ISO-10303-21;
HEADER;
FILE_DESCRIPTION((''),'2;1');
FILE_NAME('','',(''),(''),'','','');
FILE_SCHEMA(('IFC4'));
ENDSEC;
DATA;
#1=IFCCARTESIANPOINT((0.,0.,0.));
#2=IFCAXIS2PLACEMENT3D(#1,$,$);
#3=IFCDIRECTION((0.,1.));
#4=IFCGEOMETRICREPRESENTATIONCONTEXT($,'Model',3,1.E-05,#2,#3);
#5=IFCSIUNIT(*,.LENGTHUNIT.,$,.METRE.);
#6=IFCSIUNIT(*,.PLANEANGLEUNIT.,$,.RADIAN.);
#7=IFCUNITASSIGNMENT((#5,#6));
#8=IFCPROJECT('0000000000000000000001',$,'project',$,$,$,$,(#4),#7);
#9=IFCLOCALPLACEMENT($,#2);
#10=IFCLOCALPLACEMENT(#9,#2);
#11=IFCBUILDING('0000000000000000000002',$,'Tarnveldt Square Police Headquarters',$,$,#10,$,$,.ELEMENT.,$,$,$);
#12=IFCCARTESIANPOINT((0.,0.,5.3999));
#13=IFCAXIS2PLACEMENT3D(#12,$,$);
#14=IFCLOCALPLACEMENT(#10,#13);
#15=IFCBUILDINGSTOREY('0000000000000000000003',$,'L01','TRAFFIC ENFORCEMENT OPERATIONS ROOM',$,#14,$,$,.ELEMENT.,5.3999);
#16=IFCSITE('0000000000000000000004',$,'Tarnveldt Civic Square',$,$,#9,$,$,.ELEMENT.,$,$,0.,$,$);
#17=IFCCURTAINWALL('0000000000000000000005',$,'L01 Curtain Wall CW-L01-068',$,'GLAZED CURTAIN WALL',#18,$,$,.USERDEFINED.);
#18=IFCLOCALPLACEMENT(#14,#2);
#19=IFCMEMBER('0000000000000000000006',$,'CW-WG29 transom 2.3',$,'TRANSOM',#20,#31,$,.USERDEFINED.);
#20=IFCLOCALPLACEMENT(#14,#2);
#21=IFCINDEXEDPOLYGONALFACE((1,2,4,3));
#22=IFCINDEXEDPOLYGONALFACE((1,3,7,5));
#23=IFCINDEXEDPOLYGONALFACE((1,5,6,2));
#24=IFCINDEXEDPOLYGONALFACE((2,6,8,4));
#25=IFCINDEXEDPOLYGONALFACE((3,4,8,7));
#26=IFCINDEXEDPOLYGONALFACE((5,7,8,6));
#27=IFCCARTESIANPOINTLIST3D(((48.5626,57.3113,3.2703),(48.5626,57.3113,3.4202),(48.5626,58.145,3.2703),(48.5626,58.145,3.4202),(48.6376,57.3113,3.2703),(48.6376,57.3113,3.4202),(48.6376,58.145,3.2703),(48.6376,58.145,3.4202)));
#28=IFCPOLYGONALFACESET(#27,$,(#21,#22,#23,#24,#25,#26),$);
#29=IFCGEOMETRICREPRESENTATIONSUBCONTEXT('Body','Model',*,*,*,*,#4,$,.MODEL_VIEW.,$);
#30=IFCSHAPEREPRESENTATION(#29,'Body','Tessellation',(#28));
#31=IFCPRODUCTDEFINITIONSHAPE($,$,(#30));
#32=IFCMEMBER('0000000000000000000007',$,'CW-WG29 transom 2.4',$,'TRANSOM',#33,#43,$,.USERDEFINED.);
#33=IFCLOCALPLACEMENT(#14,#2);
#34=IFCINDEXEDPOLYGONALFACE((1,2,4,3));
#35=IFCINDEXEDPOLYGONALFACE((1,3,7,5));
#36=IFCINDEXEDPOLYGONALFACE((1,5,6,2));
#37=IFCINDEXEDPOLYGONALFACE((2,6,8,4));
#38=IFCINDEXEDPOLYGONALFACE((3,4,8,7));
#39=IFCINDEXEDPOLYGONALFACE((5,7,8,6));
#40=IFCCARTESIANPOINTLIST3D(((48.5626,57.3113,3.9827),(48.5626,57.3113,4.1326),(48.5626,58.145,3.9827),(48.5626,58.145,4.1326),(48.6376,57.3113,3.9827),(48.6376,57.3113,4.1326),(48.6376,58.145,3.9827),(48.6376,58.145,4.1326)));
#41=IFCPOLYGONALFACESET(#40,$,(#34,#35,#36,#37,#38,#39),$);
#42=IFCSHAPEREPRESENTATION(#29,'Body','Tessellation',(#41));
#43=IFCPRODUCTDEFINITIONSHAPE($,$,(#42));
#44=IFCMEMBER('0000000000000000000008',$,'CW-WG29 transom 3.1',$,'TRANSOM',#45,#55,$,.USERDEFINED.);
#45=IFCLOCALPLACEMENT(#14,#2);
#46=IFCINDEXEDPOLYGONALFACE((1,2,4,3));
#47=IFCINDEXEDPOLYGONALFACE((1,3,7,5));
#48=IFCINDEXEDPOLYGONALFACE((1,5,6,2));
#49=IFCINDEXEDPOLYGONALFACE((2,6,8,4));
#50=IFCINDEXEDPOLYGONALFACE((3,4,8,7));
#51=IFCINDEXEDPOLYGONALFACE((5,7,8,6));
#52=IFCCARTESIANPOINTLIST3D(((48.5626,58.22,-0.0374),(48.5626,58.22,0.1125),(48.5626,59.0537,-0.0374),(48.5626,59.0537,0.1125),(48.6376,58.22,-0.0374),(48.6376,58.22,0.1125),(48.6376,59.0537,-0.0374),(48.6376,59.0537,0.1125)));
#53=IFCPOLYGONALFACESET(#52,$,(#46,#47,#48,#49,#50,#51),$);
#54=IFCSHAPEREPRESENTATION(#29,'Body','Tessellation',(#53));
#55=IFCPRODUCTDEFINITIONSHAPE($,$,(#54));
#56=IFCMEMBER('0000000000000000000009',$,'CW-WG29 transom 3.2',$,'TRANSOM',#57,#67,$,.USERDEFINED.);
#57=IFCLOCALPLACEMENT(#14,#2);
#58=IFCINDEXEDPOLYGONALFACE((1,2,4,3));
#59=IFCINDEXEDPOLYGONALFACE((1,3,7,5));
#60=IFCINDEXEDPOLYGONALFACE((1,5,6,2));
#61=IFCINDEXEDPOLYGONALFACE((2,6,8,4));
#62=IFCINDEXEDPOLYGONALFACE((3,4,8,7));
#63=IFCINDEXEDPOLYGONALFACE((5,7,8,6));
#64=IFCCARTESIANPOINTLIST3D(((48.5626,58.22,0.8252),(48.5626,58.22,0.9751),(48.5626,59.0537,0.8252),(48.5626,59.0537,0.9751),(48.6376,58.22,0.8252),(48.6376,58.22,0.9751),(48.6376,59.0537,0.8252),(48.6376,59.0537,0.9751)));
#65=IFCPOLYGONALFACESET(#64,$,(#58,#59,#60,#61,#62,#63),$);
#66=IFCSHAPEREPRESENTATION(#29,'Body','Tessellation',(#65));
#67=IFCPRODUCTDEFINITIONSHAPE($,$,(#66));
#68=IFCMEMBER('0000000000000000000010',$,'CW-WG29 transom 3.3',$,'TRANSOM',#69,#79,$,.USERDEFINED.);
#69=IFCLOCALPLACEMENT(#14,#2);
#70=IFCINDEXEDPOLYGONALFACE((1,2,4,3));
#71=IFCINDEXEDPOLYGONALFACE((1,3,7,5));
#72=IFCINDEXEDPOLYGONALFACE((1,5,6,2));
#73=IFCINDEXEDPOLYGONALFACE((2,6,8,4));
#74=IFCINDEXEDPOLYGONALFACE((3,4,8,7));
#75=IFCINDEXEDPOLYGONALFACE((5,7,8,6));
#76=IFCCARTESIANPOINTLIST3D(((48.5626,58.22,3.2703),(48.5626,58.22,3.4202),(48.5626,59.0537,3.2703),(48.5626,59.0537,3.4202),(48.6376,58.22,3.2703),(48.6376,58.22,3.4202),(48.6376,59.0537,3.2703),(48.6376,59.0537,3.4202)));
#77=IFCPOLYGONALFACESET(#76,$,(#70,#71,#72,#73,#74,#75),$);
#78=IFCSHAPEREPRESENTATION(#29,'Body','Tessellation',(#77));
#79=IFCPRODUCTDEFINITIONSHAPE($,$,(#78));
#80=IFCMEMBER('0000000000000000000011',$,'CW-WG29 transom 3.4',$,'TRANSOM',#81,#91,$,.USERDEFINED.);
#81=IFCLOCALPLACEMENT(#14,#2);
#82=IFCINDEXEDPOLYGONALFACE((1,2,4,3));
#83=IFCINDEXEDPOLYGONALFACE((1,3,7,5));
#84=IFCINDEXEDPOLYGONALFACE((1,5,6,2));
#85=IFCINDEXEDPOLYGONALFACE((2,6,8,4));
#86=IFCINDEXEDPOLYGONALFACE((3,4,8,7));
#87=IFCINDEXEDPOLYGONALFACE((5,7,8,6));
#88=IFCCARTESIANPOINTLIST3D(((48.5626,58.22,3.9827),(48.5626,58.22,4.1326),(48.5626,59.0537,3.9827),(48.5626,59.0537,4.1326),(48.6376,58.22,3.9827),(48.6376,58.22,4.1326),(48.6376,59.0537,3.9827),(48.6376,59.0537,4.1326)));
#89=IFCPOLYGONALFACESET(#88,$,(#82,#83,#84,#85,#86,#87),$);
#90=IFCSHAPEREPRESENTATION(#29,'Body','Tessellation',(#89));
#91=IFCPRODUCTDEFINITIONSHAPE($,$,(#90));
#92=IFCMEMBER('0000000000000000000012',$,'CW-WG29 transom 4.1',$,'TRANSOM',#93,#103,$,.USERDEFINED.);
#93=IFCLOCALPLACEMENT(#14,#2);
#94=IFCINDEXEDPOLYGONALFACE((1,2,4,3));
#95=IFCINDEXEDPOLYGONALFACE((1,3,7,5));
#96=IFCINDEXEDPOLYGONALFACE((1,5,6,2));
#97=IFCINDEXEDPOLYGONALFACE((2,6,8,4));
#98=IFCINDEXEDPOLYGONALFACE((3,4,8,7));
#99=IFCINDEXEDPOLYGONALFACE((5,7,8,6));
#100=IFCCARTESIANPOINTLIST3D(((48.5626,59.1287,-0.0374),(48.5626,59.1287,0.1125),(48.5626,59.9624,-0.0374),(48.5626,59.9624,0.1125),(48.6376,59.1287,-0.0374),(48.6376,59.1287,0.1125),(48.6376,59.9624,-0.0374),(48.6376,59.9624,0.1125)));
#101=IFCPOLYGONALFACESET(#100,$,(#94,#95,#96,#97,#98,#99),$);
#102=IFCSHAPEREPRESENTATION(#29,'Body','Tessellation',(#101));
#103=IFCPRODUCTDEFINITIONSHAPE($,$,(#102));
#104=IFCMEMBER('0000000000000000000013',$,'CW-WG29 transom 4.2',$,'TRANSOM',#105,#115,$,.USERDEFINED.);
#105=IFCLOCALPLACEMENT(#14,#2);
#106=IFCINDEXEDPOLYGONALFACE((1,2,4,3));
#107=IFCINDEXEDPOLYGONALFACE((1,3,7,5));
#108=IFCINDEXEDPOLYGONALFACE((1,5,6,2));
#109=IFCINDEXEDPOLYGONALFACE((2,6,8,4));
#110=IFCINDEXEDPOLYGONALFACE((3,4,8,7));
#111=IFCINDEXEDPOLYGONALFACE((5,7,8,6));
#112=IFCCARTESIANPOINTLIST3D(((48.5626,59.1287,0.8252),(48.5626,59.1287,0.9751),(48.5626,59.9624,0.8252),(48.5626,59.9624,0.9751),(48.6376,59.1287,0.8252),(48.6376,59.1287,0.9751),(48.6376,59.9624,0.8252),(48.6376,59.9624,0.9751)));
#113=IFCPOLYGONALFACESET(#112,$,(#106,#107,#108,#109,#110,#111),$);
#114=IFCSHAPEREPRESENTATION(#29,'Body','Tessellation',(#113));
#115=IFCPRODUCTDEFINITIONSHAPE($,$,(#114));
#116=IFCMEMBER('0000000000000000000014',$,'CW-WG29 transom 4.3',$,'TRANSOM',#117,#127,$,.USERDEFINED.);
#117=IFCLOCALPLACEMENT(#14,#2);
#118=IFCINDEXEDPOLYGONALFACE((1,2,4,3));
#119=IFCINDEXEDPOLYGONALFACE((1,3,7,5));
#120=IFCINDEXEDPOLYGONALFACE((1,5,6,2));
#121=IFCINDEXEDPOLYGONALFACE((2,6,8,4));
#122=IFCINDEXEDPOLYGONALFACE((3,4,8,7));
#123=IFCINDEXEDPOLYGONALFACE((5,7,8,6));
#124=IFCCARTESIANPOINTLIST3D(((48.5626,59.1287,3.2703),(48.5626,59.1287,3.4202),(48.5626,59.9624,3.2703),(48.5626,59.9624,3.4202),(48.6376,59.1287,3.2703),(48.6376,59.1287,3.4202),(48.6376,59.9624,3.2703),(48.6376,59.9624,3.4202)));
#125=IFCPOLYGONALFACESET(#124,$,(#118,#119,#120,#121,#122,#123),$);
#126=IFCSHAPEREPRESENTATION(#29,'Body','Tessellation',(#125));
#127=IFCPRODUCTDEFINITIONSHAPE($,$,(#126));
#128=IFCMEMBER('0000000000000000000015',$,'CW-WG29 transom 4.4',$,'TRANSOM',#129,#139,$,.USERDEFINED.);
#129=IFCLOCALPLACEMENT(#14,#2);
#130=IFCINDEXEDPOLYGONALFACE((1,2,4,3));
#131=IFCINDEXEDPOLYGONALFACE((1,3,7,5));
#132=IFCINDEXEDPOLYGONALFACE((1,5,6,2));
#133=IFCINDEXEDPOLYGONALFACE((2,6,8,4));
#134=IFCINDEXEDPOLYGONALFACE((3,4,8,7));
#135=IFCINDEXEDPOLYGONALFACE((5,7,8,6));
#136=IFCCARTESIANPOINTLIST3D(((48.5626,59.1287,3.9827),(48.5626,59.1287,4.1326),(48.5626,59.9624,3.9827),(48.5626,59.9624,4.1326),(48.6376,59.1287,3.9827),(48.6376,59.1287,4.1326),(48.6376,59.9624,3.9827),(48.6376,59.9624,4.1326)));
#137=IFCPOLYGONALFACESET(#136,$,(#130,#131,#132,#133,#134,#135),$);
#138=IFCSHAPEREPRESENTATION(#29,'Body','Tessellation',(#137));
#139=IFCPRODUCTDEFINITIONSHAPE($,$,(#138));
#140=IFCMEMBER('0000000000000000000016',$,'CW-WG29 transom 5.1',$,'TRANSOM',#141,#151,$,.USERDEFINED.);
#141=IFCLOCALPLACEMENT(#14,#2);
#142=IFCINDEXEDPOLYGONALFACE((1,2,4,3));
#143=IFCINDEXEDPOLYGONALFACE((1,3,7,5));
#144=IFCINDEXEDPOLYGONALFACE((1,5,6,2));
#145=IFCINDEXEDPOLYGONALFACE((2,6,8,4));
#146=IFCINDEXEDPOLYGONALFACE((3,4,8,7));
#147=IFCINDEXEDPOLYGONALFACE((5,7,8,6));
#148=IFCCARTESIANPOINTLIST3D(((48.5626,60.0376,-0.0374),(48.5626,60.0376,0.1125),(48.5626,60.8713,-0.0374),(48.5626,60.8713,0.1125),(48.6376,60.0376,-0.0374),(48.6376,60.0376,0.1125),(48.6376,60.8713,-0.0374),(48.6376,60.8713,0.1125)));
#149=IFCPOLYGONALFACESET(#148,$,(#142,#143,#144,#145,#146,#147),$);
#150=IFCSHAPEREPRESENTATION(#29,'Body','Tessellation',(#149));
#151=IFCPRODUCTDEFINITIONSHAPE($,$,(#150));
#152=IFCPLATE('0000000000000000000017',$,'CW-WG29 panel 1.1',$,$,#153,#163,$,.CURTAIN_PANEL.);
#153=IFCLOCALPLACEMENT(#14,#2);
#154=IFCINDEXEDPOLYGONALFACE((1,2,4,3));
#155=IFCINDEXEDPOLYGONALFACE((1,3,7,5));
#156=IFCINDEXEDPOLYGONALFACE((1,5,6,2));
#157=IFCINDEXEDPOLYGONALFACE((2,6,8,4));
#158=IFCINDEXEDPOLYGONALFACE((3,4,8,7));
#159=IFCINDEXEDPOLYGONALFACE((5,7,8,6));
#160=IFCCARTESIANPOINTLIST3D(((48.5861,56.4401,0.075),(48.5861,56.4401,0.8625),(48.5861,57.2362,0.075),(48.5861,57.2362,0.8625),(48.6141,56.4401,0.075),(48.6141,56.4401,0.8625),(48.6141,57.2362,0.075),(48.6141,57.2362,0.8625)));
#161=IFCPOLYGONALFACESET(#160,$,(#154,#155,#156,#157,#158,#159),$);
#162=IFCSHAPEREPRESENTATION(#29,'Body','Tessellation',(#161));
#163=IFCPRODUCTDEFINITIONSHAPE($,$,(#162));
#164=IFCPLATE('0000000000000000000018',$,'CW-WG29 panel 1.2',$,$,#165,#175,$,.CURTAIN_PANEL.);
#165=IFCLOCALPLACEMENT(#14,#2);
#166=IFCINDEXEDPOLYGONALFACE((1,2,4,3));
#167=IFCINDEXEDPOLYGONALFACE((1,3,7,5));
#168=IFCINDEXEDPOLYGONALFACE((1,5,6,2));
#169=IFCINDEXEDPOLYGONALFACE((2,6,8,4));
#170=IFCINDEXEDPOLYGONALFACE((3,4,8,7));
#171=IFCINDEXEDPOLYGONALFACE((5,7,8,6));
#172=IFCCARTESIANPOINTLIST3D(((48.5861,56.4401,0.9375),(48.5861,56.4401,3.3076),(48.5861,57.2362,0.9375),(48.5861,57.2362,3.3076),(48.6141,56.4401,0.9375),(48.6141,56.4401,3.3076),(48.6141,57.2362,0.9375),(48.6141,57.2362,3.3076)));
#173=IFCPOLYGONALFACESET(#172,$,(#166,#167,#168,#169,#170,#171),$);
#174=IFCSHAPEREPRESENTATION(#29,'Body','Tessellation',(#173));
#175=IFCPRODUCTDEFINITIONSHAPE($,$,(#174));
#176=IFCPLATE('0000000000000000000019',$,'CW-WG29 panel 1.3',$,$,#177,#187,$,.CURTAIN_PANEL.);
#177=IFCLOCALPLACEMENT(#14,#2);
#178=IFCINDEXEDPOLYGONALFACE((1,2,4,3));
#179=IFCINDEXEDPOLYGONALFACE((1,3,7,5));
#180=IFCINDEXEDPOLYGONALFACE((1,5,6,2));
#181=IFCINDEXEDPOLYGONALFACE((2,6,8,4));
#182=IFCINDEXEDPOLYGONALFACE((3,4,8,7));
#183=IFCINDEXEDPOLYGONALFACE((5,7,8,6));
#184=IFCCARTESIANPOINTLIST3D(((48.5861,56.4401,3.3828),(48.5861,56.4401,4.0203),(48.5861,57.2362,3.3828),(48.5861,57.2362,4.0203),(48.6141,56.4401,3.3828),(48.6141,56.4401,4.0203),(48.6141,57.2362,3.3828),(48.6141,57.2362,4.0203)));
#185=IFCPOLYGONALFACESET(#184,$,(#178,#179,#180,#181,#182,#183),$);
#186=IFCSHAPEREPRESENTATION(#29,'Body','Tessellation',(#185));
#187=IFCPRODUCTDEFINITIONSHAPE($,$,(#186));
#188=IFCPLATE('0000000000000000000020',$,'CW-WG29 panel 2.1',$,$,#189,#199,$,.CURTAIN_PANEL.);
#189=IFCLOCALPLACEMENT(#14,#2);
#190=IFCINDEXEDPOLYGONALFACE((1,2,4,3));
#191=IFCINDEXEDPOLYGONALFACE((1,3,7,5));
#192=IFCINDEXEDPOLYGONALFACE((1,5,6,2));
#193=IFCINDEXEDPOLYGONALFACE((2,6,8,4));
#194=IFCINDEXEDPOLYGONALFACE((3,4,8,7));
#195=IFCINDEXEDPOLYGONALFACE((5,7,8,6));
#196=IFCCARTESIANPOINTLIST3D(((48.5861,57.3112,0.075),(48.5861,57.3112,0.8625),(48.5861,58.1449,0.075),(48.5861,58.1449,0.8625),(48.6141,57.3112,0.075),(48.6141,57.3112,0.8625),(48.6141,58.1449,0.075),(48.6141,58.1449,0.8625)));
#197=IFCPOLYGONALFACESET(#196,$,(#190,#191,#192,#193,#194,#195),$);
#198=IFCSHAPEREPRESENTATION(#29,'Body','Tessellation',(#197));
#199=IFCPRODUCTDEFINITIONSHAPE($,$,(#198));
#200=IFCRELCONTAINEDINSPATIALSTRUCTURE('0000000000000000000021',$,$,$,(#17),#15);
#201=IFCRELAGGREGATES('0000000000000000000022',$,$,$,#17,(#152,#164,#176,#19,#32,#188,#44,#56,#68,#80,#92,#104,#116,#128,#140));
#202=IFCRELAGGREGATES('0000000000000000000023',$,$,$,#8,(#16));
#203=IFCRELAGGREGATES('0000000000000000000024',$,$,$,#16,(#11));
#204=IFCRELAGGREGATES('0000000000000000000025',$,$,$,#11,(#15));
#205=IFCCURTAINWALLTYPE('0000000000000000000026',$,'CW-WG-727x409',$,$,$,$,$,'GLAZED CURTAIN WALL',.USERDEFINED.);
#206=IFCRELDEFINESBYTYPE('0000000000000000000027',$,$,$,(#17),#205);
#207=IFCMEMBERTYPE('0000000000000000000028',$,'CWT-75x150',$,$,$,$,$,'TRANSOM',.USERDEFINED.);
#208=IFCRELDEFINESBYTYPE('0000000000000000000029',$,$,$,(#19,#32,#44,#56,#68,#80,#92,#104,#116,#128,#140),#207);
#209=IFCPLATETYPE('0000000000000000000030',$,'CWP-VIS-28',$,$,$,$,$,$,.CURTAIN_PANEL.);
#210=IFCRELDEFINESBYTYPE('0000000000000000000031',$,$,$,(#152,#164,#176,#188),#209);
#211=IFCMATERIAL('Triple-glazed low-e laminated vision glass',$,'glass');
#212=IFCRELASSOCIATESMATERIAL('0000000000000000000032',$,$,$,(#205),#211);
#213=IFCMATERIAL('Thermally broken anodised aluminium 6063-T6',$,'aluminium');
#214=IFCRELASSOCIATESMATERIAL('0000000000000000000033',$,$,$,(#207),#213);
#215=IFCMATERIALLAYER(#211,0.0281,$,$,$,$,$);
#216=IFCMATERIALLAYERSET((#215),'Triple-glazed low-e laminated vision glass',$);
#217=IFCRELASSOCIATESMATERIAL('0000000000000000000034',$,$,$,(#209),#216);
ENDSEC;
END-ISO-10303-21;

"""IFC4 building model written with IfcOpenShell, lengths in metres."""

from ifc_helpers import new_model, si_unit, direction, frame, origin, origin_2d, place, context, subcontext, project, spatial, rectangle, extrude, material, layer, layer_set, material_profile, profile_set, type_object, element, aggregate, save


model = new_model("IFC4")

# Units and contexts
model_context = context("Model", 3, precision=1e-05, world=origin(), true_north=direction((0.0, 1.0)))
body_context = subcontext(model_context, "Body", "Model", "MODEL_VIEW")
ifc_project = project(units=[si_unit("LENGTHUNIT", "METRE"), si_unit("PLANEANGLEUNIT", "RADIAN")], contexts=[model_context])

# Site, building, storey
site_placement = place(None, origin())
site = spatial("IfcSite", under=ifc_project, at=site_placement, Name="Tarnveldt Civic Square", CompositionType="ELEMENT", RefElevation=0.0)
building_placement = place(site_placement, origin())
building = spatial("IfcBuilding", under=site, at=building_placement, Name="Tarnveldt Square Police Headquarters", CompositionType="ELEMENT")
storey_placement = place(building_placement, frame((0.0, 0.0, 5.3999)))
storey = spatial("IfcBuildingStorey", under=building, at=storey_placement, Name="L01", Description="TRAFFIC ENFORCEMENT OPERATIONS ROOM", CompositionType="ELEMENT", Elevation=5.3999)

# Curtain wall, members, plates
ifc_material_1 = material(Name="Triple-glazed low-e laminated vision glass", Category="glass")
curtain_wall_type = type_object("IfcCurtainWallType", Name="CW-WG-727x409", ElementType="GLAZED CURTAIN WALL", PredefinedType="USERDEFINED", material=ifc_material_1)
curtain_wall_placement = place(storey_placement, origin())
curtain_wall = element("IfcCurtainWall", 1, at=curtain_wall_placement, inside=storey, type_object=curtain_wall_type, Name="L01 Curtain Wall CW-L01-068", ObjectType="GLAZED CURTAIN WALL", PredefinedType="USERDEFINED")
ifc_material_2 = material(Name="Thermally broken anodised aluminium 6063-T6", Category="aluminium")
ifc_material_profile_1 = material_profile(ifc_material_2, rectangle(XDim=0.075, YDim=0.1499, at=origin_2d()), Name="CW-T75x150")
ifc_profile_set_1 = profile_set([ifc_material_profile_1], Name="Thermally broken anodised aluminium 6063-T6")
member_type_1 = type_object("IfcMemberType", Name="CWT-75x150", ElementType="TRANSOM", PredefinedType="USERDEFINED", material=ifc_profile_set_1)
member_1_placement = place(storey_placement, frame((48.6001, 57.3113, 3.3452), z_axis=(0.0, 1.0, 0.0), x_axis=(-1.0, 0.0, 0.0)))
member_1 = element("IfcMember", 2, at=member_1_placement, type_object=member_type_1, Name="CW-WG29 transom 2.3", ObjectType="TRANSOM", PredefinedType="USERDEFINED", context=body_context, shape_type="SweptSolid", body=[
    extrude(rectangle(XDim=0.075, YDim=0.1499, at=origin_2d()), origin(), (0.0, 0.0, 1.0), 0.8337),
])
member_2_placement = place(storey_placement, frame((48.6001, 57.3113, 4.0576), z_axis=(0.0, 1.0, 0.0), x_axis=(-1.0, 0.0, 0.0)))
member_2 = element("IfcMember", 3, at=member_2_placement, type_object=member_type_1, Name="CW-WG29 transom 2.4", ObjectType="TRANSOM", PredefinedType="USERDEFINED", context=body_context, shape_type="SweptSolid", body=[
    extrude(rectangle(XDim=0.075, YDim=0.1499, at=origin_2d()), origin(), (0.0, 0.0, 1.0), 0.8337),
])
member_3_placement = place(storey_placement, frame((48.6001, 58.22, 0.0376), z_axis=(0.0, 1.0, 0.0), x_axis=(-1.0, 0.0, 0.0)))
member_3 = element("IfcMember", 4, at=member_3_placement, type_object=member_type_1, Name="CW-WG29 transom 3.1", ObjectType="TRANSOM", PredefinedType="USERDEFINED", context=body_context, shape_type="SweptSolid", body=[
    extrude(rectangle(XDim=0.075, YDim=0.1499, at=origin_2d()), origin(), (0.0, 0.0, 1.0), 0.8337),
])
member_4_placement = place(storey_placement, frame((48.6001, 58.22, 0.9001), z_axis=(0.0, 1.0, 0.0), x_axis=(-1.0, 0.0, 0.0)))
member_4 = element("IfcMember", 5, at=member_4_placement, type_object=member_type_1, Name="CW-WG29 transom 3.2", ObjectType="TRANSOM", PredefinedType="USERDEFINED", context=body_context, shape_type="SweptSolid", body=[
    extrude(rectangle(XDim=0.075, YDim=0.1499, at=origin_2d()), origin(), (0.0, 0.0, 1.0), 0.8337),
])
member_5_placement = place(storey_placement, frame((48.6001, 58.22, 3.3452), z_axis=(0.0, 1.0, 0.0), x_axis=(-1.0, 0.0, 0.0)))
member_5 = element("IfcMember", 6, at=member_5_placement, type_object=member_type_1, Name="CW-WG29 transom 3.3", ObjectType="TRANSOM", PredefinedType="USERDEFINED", context=body_context, shape_type="SweptSolid", body=[
    extrude(rectangle(XDim=0.075, YDim=0.1499, at=origin_2d()), origin(), (0.0, 0.0, 1.0), 0.8337),
])
member_6_placement = place(storey_placement, frame((48.6001, 58.22, 4.0576), z_axis=(0.0, 1.0, 0.0), x_axis=(-1.0, 0.0, 0.0)))
member_6 = element("IfcMember", 7, at=member_6_placement, type_object=member_type_1, Name="CW-WG29 transom 3.4", ObjectType="TRANSOM", PredefinedType="USERDEFINED", context=body_context, shape_type="SweptSolid", body=[
    extrude(rectangle(XDim=0.075, YDim=0.1499, at=origin_2d()), origin(), (0.0, 0.0, 1.0), 0.8337),
])
member_7_placement = place(storey_placement, frame((48.6001, 59.1287, 0.0376), z_axis=(0.0, 1.0, 0.0), x_axis=(-1.0, 0.0, 0.0)))
member_7 = element("IfcMember", 8, at=member_7_placement, type_object=member_type_1, Name="CW-WG29 transom 4.1", ObjectType="TRANSOM", PredefinedType="USERDEFINED", context=body_context, shape_type="SweptSolid", body=[
    extrude(rectangle(XDim=0.075, YDim=0.1499, at=origin_2d()), origin(), (0.0, 0.0, 1.0), 0.8337),
])
member_8_placement = place(storey_placement, frame((48.6001, 59.1287, 0.9001), z_axis=(0.0, 1.0, 0.0), x_axis=(-1.0, 0.0, 0.0)))
member_8 = element("IfcMember", 9, at=member_8_placement, type_object=member_type_1, Name="CW-WG29 transom 4.2", ObjectType="TRANSOM", PredefinedType="USERDEFINED", context=body_context, shape_type="SweptSolid", body=[
    extrude(rectangle(XDim=0.075, YDim=0.1499, at=origin_2d()), origin(), (0.0, 0.0, 1.0), 0.8337),
])
member_9_placement = place(storey_placement, frame((48.6001, 59.1287, 3.3452), z_axis=(0.0, 1.0, 0.0), x_axis=(-1.0, 0.0, 0.0)))
member_9 = element("IfcMember", 10, at=member_9_placement, type_object=member_type_1, Name="CW-WG29 transom 4.3", ObjectType="TRANSOM", PredefinedType="USERDEFINED", context=body_context, shape_type="SweptSolid", body=[
    extrude(rectangle(XDim=0.075, YDim=0.1499, at=origin_2d()), origin(), (0.0, 0.0, 1.0), 0.8337),
])
member_10_placement = place(storey_placement, frame((48.6001, 59.1287, 4.0576), z_axis=(0.0, 1.0, 0.0), x_axis=(-1.0, 0.0, 0.0)))
member_10 = element("IfcMember", 11, at=member_10_placement, type_object=member_type_1, Name="CW-WG29 transom 4.4", ObjectType="TRANSOM", PredefinedType="USERDEFINED", context=body_context, shape_type="SweptSolid", body=[
    extrude(rectangle(XDim=0.075, YDim=0.1499, at=origin_2d()), origin(), (0.0, 0.0, 1.0), 0.8337),
])
member_11_placement = place(storey_placement, frame((48.6001, 60.0376, 0.0376), z_axis=(0.0, 1.0, 0.0), x_axis=(-1.0, 0.0, 0.0)))
member_11 = element("IfcMember", 12, at=member_11_placement, type_object=member_type_1, Name="CW-WG29 transom 5.1", ObjectType="TRANSOM", PredefinedType="USERDEFINED", context=body_context, shape_type="SweptSolid", body=[
    extrude(rectangle(XDim=0.075, YDim=0.1499, at=origin_2d()), origin(), (0.0, 0.0, 1.0), 0.8337),
])
ifc_layer = layer(ifc_material_1, 0.0281)
ifc_layer_set = layer_set([ifc_layer], Name="Triple-glazed low-e laminated vision glass")
plate_type = type_object("IfcPlateType", Name="CWP-VIS-28", PredefinedType="CURTAIN_PANEL", material=ifc_layer_set)
plate_1_placement = place(storey_placement, frame((48.6001, 56.8381, 0.075), z_axis=(0.0, 0.0, 1.0), x_axis=(0.0, 1.0, 0.0)))
plate_1 = element("IfcPlate", 13, at=plate_1_placement, type_object=plate_type, Name="CW-WG29 panel 1.1", PredefinedType="CURTAIN_PANEL", context=body_context, shape_type="SweptSolid", body=[
    extrude(rectangle(XDim=0.7961, YDim=0.0281, at=origin_2d()), origin(), (0.0, 0.0, 1.0), 0.7876),
])
plate_2_placement = place(storey_placement, frame((48.6001, 56.8381, 0.9375), z_axis=(0.0, 0.0, 1.0), x_axis=(0.0, 1.0, 0.0)))
plate_2 = element("IfcPlate", 14, at=plate_2_placement, type_object=plate_type, Name="CW-WG29 panel 1.2", PredefinedType="CURTAIN_PANEL", context=body_context, shape_type="SweptSolid", body=[
    extrude(rectangle(XDim=0.7961, YDim=0.0281, at=origin_2d()), origin(), (0.0, 0.0, 1.0), 2.3701),
])
plate_3_placement = place(storey_placement, frame((48.6001, 56.8381, 3.3828), z_axis=(0.0, 0.0, 1.0), x_axis=(0.0, 1.0, 0.0)))
plate_3 = element("IfcPlate", 15, at=plate_3_placement, type_object=plate_type, Name="CW-WG29 panel 1.3", PredefinedType="CURTAIN_PANEL", context=body_context, shape_type="SweptSolid", body=[
    extrude(rectangle(XDim=0.7961, YDim=0.0281, at=origin_2d()), origin(), (0.0, 0.0, 1.0), 0.6375),
])
plate_4_placement = place(storey_placement, frame((48.6001, 57.728, 0.075), z_axis=(0.0, 0.0, 1.0), x_axis=(0.0, 1.0, 0.0)))
plate_4 = element("IfcPlate", 16, at=plate_4_placement, type_object=plate_type, Name="CW-WG29 panel 2.1", PredefinedType="CURTAIN_PANEL", context=body_context, shape_type="SweptSolid", body=[
    extrude(rectangle(XDim=0.8337, YDim=0.0281, at=origin_2d()), origin(), (0.0, 0.0, 1.0), 0.7876),
])
aggregate(curtain_wall, [plate_1, plate_2, plate_3, member_1, member_2, plate_4, member_3, member_4, member_5, member_6, member_7, member_8, member_9, member_10, member_11])

save(model, "model.ifc")
